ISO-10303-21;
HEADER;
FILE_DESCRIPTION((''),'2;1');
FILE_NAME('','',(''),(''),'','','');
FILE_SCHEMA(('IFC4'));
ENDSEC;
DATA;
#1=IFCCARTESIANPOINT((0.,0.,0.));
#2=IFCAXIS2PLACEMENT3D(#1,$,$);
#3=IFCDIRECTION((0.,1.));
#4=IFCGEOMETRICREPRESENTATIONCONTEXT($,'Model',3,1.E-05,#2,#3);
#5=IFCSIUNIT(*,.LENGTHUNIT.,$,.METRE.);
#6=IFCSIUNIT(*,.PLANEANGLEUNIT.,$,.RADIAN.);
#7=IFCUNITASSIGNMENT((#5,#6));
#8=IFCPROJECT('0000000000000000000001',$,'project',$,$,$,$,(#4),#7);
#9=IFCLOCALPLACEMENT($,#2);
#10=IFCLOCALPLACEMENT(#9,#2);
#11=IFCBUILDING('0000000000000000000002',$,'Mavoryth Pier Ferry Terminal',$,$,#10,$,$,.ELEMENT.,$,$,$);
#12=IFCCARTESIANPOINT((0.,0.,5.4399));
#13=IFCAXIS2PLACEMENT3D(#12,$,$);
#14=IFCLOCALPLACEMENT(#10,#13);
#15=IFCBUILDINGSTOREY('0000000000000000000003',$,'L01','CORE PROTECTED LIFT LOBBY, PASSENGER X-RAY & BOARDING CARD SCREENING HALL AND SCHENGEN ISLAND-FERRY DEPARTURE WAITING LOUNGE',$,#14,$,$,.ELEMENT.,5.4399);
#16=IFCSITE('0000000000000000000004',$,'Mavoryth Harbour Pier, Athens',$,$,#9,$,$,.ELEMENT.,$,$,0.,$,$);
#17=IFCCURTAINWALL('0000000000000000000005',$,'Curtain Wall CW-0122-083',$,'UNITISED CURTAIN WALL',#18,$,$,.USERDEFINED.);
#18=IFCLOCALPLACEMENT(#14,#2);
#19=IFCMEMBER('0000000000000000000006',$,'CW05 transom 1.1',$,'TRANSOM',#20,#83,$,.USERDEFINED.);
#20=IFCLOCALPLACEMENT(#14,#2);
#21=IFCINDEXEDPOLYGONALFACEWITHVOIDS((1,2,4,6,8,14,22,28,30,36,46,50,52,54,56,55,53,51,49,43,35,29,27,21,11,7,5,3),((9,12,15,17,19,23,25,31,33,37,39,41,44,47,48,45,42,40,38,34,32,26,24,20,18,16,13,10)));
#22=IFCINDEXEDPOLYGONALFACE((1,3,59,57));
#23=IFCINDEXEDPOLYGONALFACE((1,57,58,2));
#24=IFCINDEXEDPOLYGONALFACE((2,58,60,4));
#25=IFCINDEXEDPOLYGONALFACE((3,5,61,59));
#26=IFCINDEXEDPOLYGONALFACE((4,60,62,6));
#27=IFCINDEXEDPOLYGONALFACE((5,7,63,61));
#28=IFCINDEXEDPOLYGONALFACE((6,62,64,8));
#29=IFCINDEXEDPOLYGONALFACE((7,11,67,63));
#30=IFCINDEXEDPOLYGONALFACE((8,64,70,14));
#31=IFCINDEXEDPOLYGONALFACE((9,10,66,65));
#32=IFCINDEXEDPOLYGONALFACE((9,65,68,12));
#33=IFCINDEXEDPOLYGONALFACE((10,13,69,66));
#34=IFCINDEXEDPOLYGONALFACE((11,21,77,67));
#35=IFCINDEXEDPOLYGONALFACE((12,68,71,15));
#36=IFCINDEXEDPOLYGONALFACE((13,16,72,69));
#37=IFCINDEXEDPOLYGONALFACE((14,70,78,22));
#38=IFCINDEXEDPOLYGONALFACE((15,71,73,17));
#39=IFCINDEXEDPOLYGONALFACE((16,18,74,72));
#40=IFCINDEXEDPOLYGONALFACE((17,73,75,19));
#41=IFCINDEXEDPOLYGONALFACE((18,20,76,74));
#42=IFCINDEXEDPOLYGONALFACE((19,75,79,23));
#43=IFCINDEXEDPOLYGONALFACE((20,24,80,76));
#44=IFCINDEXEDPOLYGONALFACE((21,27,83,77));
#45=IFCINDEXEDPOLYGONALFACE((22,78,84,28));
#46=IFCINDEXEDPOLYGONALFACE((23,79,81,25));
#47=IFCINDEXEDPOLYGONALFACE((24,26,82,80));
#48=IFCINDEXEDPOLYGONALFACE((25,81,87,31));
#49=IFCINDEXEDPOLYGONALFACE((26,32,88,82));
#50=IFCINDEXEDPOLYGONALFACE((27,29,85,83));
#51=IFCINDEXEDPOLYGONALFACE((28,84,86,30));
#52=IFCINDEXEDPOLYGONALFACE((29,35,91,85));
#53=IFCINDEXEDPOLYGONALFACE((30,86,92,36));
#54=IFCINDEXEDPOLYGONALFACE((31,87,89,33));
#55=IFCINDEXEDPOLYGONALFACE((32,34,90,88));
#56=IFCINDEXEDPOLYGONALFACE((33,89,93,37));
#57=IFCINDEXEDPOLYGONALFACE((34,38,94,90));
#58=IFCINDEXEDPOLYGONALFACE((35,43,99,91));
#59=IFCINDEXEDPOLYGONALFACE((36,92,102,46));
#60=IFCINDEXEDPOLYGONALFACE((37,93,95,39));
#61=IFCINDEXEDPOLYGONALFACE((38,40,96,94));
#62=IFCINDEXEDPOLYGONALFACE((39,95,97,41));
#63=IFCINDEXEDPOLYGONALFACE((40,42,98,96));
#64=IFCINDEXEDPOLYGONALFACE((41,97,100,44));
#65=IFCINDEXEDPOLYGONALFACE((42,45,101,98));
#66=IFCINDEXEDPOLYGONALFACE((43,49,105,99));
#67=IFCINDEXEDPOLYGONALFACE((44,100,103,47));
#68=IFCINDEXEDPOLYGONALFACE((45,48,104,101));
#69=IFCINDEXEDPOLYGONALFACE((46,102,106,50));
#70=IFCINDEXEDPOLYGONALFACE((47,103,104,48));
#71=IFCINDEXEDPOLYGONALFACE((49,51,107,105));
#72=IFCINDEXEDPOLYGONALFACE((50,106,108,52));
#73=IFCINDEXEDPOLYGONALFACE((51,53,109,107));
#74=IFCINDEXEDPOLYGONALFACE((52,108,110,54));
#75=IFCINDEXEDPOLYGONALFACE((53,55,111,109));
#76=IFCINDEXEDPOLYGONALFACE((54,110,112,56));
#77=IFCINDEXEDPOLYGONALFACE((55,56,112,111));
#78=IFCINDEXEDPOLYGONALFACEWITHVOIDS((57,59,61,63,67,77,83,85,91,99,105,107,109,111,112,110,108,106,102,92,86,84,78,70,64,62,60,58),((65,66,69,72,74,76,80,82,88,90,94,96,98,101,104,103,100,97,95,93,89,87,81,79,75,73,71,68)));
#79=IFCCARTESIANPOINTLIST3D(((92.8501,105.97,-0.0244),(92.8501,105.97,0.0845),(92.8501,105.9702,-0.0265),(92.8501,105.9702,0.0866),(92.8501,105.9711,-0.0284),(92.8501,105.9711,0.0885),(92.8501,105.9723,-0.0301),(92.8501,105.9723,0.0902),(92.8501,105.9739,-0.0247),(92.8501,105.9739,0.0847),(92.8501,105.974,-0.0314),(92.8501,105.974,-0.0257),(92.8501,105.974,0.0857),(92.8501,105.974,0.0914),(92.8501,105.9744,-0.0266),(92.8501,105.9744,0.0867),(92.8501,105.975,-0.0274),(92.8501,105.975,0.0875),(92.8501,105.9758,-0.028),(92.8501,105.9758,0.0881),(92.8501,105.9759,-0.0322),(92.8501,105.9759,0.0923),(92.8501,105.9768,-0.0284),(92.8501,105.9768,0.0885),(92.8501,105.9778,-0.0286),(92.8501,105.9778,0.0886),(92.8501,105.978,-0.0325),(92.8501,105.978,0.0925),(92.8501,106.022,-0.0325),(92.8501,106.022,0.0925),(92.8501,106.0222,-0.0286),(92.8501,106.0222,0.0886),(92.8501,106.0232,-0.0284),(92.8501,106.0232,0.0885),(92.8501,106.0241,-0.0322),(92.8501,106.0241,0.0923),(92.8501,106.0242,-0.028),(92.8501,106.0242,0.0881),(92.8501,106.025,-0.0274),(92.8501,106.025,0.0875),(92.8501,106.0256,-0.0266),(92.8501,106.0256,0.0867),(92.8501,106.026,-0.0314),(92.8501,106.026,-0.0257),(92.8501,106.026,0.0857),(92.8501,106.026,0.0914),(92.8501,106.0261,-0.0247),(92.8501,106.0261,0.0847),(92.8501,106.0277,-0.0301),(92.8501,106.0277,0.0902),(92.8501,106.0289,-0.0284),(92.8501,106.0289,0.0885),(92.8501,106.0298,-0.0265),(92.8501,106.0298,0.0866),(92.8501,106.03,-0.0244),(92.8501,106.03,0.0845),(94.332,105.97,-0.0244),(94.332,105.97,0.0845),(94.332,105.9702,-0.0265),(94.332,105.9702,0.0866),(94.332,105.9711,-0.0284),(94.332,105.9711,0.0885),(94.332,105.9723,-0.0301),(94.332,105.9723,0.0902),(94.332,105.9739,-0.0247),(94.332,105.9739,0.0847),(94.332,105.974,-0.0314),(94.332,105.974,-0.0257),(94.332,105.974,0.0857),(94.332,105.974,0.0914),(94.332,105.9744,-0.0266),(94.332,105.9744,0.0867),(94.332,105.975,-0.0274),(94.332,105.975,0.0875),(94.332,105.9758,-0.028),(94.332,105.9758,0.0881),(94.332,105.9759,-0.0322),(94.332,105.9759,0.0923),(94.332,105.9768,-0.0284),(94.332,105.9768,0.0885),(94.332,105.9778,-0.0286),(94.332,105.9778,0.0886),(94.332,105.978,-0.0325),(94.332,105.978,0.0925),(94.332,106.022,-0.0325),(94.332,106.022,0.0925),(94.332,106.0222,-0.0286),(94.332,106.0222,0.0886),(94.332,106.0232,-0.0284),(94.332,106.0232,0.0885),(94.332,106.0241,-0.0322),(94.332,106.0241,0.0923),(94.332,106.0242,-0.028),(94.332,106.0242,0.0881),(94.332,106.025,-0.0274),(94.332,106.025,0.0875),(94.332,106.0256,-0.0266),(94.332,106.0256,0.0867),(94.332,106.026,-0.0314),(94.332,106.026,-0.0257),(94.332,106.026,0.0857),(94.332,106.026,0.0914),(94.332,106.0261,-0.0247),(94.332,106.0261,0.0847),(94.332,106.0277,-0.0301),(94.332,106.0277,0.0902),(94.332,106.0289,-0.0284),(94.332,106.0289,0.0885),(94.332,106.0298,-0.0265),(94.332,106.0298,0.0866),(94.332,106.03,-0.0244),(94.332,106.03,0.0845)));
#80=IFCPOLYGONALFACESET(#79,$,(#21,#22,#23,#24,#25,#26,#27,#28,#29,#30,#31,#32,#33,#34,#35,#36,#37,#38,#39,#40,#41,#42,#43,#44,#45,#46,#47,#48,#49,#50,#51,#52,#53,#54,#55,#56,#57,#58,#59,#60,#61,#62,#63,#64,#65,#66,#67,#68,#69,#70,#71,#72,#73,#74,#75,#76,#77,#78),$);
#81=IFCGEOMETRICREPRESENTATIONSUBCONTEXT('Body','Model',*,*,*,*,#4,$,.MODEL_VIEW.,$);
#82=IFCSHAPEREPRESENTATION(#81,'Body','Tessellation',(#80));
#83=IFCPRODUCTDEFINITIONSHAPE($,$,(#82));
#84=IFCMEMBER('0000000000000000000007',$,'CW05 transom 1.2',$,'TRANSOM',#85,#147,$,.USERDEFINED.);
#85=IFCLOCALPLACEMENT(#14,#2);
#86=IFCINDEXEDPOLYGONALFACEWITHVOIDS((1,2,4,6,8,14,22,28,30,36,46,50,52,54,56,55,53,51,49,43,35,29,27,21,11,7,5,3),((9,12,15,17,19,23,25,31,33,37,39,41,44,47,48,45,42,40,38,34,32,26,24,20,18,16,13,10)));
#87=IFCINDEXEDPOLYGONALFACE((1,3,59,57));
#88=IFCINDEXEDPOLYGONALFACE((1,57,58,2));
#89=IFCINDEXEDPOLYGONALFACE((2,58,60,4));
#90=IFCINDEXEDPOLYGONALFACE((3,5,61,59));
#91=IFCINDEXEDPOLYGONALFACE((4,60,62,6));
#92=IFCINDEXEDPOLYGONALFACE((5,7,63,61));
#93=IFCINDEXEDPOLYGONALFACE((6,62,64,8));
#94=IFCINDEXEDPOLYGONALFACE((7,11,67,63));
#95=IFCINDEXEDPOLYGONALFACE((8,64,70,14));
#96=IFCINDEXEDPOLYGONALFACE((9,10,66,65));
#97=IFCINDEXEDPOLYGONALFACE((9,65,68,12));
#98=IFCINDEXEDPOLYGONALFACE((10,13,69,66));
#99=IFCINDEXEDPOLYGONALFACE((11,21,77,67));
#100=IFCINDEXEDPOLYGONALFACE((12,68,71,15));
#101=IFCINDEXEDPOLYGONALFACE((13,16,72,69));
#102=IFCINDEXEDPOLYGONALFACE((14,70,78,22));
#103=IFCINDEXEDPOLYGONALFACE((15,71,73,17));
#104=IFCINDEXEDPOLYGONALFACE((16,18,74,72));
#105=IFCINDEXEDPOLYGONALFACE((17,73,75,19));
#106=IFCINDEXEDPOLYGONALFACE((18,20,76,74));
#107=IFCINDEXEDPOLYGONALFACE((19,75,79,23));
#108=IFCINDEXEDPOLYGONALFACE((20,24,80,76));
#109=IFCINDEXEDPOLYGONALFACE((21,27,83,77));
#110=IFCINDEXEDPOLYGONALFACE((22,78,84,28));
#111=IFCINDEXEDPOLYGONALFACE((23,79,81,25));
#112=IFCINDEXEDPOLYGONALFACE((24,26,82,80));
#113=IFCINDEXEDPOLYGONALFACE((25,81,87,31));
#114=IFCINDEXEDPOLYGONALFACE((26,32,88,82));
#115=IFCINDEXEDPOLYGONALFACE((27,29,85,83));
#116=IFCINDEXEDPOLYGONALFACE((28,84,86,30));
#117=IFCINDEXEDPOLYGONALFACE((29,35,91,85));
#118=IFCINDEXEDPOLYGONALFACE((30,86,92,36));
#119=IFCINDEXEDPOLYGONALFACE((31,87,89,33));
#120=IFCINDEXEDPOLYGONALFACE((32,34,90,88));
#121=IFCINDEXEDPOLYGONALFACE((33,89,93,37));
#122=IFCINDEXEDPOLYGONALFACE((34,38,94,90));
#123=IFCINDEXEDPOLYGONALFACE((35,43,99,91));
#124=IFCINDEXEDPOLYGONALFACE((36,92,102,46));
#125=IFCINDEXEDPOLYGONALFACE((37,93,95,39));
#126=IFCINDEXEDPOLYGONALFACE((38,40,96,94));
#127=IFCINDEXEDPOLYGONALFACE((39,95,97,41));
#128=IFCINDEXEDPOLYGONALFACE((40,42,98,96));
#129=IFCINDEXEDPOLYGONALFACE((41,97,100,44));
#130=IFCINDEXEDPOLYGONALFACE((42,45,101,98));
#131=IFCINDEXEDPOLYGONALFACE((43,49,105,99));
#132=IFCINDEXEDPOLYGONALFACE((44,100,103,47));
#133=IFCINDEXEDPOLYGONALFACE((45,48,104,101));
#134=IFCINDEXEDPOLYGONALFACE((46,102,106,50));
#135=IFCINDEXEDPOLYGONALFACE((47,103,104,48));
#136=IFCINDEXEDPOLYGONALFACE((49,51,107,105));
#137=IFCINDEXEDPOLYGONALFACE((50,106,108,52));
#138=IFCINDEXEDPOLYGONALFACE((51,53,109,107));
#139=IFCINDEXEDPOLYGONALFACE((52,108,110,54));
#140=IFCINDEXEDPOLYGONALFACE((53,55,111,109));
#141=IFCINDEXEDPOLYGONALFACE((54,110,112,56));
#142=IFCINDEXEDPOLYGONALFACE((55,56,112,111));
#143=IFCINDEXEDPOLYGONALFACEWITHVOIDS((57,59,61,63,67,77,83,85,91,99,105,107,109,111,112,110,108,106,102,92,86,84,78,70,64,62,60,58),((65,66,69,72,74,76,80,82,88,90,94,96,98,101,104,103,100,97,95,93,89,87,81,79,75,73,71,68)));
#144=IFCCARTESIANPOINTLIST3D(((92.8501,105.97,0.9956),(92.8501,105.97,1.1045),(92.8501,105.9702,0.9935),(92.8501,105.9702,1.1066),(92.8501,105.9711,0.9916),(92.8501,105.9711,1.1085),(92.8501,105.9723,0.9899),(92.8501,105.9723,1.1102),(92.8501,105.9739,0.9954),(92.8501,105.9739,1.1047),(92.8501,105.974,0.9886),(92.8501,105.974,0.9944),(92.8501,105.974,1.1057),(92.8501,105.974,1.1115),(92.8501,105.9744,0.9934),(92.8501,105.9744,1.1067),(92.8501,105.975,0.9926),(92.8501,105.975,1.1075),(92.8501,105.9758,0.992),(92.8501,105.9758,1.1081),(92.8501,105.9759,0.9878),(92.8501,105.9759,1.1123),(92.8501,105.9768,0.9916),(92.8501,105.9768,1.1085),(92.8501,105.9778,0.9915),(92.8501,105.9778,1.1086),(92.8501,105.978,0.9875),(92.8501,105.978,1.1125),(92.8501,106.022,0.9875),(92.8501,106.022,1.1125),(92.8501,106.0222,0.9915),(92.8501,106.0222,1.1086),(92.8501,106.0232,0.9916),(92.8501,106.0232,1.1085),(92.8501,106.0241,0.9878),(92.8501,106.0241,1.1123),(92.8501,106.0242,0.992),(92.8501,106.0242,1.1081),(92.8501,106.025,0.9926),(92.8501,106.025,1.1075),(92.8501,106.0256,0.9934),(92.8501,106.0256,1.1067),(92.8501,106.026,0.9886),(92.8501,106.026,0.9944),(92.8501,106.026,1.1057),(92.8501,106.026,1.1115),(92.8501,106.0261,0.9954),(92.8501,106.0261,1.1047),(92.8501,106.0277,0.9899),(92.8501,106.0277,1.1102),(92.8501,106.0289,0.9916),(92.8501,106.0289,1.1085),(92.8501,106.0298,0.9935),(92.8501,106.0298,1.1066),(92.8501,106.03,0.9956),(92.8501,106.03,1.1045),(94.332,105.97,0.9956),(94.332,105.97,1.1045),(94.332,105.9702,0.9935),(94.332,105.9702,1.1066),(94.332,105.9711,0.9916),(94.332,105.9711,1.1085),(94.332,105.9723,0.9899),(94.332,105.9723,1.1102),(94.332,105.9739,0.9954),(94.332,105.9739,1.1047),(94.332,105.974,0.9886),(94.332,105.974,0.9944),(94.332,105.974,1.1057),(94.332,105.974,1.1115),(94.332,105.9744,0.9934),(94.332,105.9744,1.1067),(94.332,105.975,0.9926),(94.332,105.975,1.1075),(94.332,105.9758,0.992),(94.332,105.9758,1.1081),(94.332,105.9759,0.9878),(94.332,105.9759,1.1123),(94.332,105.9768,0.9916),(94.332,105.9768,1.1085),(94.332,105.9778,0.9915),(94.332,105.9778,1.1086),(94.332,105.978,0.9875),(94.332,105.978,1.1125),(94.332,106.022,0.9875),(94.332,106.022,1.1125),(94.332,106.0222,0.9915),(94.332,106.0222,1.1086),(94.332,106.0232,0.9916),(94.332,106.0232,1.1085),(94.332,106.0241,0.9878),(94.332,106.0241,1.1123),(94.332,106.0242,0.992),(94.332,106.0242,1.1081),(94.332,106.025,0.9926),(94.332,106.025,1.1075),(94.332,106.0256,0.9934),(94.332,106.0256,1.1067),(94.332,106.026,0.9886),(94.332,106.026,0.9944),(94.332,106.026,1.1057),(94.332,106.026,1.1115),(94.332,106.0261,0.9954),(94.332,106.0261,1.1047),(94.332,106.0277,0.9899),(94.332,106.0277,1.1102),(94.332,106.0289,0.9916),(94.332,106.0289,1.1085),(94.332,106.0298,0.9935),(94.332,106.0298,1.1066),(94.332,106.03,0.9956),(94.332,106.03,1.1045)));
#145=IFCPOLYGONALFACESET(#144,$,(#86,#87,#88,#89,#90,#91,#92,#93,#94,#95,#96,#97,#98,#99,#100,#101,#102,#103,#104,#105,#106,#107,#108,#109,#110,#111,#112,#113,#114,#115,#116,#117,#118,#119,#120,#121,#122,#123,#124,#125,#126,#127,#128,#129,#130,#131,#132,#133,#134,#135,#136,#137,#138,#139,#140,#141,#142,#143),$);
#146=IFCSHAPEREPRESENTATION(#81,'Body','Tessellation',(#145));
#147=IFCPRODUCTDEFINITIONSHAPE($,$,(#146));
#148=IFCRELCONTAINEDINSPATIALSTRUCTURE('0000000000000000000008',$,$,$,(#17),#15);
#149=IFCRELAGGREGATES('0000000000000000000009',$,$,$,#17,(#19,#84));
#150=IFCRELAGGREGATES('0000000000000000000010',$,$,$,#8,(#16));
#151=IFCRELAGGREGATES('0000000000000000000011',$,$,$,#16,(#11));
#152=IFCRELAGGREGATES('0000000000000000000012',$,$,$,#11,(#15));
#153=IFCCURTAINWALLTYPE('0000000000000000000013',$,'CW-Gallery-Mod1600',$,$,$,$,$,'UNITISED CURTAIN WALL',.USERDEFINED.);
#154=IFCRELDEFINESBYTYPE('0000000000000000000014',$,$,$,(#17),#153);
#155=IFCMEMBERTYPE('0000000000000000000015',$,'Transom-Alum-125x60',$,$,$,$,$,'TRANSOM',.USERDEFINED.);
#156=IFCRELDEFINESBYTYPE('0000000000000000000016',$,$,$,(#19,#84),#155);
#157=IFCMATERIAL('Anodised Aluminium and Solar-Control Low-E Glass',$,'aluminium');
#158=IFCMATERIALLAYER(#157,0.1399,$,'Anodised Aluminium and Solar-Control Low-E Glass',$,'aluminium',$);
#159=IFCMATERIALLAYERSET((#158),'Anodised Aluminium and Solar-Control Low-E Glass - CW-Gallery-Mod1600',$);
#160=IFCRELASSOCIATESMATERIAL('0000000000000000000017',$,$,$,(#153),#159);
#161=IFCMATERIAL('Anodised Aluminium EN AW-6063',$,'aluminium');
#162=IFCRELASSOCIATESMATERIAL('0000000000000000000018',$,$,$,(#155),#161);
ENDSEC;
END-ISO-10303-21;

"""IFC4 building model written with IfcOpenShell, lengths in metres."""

from ifc_helpers import new_model, si_unit, direction, frame, origin, origin_2d, place, context, subcontext, project, spatial, hollow_rectangle, extrude, material, layer, layer_set, material_profile, profile_set, type_object, element, aggregate, save


model = new_model("IFC4")

# Units and contexts
model_context = context("Model", 3, precision=1e-05, world=origin(), true_north=direction((0.0, 1.0)))
body_context = subcontext(model_context, "Body", "Model", "MODEL_VIEW")
ifc_project = project(units=[si_unit("LENGTHUNIT", "METRE"), si_unit("PLANEANGLEUNIT", "RADIAN")], contexts=[model_context])

# Site, building, storey
site_placement = place(None, origin())
site = spatial("IfcSite", under=ifc_project, at=site_placement, Name="Mavoryth Harbour Pier, Athens", CompositionType="ELEMENT", RefElevation=0.0)
building_placement = place(site_placement, origin())
building = spatial("IfcBuilding", under=site, at=building_placement, Name="Mavoryth Pier Ferry Terminal", CompositionType="ELEMENT")
storey_placement = place(building_placement, frame((0.0, 0.0, 5.4399)))
storey = spatial("IfcBuildingStorey", under=building, at=storey_placement, Name="L01", Description="CORE PROTECTED LIFT LOBBY, PASSENGER X-RAY & BOARDING CARD SCREENING HALL AND SCHENGEN ISLAND-FERRY DEPARTURE WAITING LOUNGE", CompositionType="ELEMENT", Elevation=5.4399)

# Shared definitions
ifc_material_1 = material(Name="Anodised Aluminium and Solar-Control Low-E Glass", Category="aluminium")
ifc_material_2 = material(Name="Anodised Aluminium EN AW-6063", Category="aluminium")

# Curtain wall
ifc_layer_1 = layer(ifc_material_1, 0.1399, Name="Anodised Aluminium and Solar-Control Low-E Glass", Category="aluminium")
ifc_layer_set_1 = layer_set([ifc_layer_1], Name="Anodised Aluminium and Solar-Control Low-E Glass - CW-Gallery-Mod1600")
curtain_wall_type_1 = type_object("IfcCurtainWallType", Name="CW-Gallery-Mod1600", ElementType="UNITISED CURTAIN WALL", PredefinedType="USERDEFINED", material=ifc_layer_set_1)
curtain_wall_1_placement = place(storey_placement, origin())
curtain_wall_1 = element("IfcCurtainWall", 1, at=curtain_wall_1_placement, inside=storey, type_object=curtain_wall_type_1, Name="Curtain Wall CW-0122-083", ObjectType="UNITISED CURTAIN WALL", PredefinedType="USERDEFINED")

# Members
ifc_material_profile_1 = material_profile(ifc_material_2, hollow_rectangle(XDim=0.0601, YDim=0.125, WallThickness=0.0039, InnerFilletRadius=0.0039, OuterFilletRadius=0.0081, at=origin_2d()), Name="AL-TRAN 125x60x4", Category="aluminium")
ifc_profile_set_1 = profile_set([ifc_material_profile_1], Name="Anodised Aluminium EN AW-6063 - AL-TRAN 125x60x4")
member_type_1 = type_object("IfcMemberType", Name="Transom-Alum-125x60", ElementType="TRANSOM", PredefinedType="USERDEFINED", material=ifc_profile_set_1)
member_1_placement = place(storey_placement, frame((92.8501, 106.0, 0.03), z_axis=(1.0, 0.0, 0.0), x_axis=(0.0, 1.0, 0.0)))
member_1 = element("IfcMember", 2, at=member_1_placement, type_object=member_type_1, Name="CW05 transom 1.1", ObjectType="TRANSOM", PredefinedType="USERDEFINED", context=body_context, shape_type="SweptSolid", body=[
    extrude(hollow_rectangle(XDim=0.0601, YDim=0.125, WallThickness=0.0039, InnerFilletRadius=0.0039, OuterFilletRadius=0.0081, at=origin_2d()), origin(), (0.0, 0.0, 1.0), 1.4819),
])
member_2_placement = place(storey_placement, frame((92.8501, 106.0, 1.05), z_axis=(1.0, 0.0, 0.0), x_axis=(0.0, 1.0, 0.0)))
member_2 = element("IfcMember", 3, at=member_2_placement, type_object=member_type_1, Name="CW05 transom 1.2", ObjectType="TRANSOM", PredefinedType="USERDEFINED", context=body_context, shape_type="SweptSolid", body=[
    extrude(hollow_rectangle(XDim=0.0601, YDim=0.125, WallThickness=0.0039, InnerFilletRadius=0.0039, OuterFilletRadius=0.0081, at=origin_2d()), origin(), (0.0, 0.0, 1.0), 1.4819),
])

aggregate(curtain_wall_1, [member_1, member_2])

save(model, "model.ifc")
